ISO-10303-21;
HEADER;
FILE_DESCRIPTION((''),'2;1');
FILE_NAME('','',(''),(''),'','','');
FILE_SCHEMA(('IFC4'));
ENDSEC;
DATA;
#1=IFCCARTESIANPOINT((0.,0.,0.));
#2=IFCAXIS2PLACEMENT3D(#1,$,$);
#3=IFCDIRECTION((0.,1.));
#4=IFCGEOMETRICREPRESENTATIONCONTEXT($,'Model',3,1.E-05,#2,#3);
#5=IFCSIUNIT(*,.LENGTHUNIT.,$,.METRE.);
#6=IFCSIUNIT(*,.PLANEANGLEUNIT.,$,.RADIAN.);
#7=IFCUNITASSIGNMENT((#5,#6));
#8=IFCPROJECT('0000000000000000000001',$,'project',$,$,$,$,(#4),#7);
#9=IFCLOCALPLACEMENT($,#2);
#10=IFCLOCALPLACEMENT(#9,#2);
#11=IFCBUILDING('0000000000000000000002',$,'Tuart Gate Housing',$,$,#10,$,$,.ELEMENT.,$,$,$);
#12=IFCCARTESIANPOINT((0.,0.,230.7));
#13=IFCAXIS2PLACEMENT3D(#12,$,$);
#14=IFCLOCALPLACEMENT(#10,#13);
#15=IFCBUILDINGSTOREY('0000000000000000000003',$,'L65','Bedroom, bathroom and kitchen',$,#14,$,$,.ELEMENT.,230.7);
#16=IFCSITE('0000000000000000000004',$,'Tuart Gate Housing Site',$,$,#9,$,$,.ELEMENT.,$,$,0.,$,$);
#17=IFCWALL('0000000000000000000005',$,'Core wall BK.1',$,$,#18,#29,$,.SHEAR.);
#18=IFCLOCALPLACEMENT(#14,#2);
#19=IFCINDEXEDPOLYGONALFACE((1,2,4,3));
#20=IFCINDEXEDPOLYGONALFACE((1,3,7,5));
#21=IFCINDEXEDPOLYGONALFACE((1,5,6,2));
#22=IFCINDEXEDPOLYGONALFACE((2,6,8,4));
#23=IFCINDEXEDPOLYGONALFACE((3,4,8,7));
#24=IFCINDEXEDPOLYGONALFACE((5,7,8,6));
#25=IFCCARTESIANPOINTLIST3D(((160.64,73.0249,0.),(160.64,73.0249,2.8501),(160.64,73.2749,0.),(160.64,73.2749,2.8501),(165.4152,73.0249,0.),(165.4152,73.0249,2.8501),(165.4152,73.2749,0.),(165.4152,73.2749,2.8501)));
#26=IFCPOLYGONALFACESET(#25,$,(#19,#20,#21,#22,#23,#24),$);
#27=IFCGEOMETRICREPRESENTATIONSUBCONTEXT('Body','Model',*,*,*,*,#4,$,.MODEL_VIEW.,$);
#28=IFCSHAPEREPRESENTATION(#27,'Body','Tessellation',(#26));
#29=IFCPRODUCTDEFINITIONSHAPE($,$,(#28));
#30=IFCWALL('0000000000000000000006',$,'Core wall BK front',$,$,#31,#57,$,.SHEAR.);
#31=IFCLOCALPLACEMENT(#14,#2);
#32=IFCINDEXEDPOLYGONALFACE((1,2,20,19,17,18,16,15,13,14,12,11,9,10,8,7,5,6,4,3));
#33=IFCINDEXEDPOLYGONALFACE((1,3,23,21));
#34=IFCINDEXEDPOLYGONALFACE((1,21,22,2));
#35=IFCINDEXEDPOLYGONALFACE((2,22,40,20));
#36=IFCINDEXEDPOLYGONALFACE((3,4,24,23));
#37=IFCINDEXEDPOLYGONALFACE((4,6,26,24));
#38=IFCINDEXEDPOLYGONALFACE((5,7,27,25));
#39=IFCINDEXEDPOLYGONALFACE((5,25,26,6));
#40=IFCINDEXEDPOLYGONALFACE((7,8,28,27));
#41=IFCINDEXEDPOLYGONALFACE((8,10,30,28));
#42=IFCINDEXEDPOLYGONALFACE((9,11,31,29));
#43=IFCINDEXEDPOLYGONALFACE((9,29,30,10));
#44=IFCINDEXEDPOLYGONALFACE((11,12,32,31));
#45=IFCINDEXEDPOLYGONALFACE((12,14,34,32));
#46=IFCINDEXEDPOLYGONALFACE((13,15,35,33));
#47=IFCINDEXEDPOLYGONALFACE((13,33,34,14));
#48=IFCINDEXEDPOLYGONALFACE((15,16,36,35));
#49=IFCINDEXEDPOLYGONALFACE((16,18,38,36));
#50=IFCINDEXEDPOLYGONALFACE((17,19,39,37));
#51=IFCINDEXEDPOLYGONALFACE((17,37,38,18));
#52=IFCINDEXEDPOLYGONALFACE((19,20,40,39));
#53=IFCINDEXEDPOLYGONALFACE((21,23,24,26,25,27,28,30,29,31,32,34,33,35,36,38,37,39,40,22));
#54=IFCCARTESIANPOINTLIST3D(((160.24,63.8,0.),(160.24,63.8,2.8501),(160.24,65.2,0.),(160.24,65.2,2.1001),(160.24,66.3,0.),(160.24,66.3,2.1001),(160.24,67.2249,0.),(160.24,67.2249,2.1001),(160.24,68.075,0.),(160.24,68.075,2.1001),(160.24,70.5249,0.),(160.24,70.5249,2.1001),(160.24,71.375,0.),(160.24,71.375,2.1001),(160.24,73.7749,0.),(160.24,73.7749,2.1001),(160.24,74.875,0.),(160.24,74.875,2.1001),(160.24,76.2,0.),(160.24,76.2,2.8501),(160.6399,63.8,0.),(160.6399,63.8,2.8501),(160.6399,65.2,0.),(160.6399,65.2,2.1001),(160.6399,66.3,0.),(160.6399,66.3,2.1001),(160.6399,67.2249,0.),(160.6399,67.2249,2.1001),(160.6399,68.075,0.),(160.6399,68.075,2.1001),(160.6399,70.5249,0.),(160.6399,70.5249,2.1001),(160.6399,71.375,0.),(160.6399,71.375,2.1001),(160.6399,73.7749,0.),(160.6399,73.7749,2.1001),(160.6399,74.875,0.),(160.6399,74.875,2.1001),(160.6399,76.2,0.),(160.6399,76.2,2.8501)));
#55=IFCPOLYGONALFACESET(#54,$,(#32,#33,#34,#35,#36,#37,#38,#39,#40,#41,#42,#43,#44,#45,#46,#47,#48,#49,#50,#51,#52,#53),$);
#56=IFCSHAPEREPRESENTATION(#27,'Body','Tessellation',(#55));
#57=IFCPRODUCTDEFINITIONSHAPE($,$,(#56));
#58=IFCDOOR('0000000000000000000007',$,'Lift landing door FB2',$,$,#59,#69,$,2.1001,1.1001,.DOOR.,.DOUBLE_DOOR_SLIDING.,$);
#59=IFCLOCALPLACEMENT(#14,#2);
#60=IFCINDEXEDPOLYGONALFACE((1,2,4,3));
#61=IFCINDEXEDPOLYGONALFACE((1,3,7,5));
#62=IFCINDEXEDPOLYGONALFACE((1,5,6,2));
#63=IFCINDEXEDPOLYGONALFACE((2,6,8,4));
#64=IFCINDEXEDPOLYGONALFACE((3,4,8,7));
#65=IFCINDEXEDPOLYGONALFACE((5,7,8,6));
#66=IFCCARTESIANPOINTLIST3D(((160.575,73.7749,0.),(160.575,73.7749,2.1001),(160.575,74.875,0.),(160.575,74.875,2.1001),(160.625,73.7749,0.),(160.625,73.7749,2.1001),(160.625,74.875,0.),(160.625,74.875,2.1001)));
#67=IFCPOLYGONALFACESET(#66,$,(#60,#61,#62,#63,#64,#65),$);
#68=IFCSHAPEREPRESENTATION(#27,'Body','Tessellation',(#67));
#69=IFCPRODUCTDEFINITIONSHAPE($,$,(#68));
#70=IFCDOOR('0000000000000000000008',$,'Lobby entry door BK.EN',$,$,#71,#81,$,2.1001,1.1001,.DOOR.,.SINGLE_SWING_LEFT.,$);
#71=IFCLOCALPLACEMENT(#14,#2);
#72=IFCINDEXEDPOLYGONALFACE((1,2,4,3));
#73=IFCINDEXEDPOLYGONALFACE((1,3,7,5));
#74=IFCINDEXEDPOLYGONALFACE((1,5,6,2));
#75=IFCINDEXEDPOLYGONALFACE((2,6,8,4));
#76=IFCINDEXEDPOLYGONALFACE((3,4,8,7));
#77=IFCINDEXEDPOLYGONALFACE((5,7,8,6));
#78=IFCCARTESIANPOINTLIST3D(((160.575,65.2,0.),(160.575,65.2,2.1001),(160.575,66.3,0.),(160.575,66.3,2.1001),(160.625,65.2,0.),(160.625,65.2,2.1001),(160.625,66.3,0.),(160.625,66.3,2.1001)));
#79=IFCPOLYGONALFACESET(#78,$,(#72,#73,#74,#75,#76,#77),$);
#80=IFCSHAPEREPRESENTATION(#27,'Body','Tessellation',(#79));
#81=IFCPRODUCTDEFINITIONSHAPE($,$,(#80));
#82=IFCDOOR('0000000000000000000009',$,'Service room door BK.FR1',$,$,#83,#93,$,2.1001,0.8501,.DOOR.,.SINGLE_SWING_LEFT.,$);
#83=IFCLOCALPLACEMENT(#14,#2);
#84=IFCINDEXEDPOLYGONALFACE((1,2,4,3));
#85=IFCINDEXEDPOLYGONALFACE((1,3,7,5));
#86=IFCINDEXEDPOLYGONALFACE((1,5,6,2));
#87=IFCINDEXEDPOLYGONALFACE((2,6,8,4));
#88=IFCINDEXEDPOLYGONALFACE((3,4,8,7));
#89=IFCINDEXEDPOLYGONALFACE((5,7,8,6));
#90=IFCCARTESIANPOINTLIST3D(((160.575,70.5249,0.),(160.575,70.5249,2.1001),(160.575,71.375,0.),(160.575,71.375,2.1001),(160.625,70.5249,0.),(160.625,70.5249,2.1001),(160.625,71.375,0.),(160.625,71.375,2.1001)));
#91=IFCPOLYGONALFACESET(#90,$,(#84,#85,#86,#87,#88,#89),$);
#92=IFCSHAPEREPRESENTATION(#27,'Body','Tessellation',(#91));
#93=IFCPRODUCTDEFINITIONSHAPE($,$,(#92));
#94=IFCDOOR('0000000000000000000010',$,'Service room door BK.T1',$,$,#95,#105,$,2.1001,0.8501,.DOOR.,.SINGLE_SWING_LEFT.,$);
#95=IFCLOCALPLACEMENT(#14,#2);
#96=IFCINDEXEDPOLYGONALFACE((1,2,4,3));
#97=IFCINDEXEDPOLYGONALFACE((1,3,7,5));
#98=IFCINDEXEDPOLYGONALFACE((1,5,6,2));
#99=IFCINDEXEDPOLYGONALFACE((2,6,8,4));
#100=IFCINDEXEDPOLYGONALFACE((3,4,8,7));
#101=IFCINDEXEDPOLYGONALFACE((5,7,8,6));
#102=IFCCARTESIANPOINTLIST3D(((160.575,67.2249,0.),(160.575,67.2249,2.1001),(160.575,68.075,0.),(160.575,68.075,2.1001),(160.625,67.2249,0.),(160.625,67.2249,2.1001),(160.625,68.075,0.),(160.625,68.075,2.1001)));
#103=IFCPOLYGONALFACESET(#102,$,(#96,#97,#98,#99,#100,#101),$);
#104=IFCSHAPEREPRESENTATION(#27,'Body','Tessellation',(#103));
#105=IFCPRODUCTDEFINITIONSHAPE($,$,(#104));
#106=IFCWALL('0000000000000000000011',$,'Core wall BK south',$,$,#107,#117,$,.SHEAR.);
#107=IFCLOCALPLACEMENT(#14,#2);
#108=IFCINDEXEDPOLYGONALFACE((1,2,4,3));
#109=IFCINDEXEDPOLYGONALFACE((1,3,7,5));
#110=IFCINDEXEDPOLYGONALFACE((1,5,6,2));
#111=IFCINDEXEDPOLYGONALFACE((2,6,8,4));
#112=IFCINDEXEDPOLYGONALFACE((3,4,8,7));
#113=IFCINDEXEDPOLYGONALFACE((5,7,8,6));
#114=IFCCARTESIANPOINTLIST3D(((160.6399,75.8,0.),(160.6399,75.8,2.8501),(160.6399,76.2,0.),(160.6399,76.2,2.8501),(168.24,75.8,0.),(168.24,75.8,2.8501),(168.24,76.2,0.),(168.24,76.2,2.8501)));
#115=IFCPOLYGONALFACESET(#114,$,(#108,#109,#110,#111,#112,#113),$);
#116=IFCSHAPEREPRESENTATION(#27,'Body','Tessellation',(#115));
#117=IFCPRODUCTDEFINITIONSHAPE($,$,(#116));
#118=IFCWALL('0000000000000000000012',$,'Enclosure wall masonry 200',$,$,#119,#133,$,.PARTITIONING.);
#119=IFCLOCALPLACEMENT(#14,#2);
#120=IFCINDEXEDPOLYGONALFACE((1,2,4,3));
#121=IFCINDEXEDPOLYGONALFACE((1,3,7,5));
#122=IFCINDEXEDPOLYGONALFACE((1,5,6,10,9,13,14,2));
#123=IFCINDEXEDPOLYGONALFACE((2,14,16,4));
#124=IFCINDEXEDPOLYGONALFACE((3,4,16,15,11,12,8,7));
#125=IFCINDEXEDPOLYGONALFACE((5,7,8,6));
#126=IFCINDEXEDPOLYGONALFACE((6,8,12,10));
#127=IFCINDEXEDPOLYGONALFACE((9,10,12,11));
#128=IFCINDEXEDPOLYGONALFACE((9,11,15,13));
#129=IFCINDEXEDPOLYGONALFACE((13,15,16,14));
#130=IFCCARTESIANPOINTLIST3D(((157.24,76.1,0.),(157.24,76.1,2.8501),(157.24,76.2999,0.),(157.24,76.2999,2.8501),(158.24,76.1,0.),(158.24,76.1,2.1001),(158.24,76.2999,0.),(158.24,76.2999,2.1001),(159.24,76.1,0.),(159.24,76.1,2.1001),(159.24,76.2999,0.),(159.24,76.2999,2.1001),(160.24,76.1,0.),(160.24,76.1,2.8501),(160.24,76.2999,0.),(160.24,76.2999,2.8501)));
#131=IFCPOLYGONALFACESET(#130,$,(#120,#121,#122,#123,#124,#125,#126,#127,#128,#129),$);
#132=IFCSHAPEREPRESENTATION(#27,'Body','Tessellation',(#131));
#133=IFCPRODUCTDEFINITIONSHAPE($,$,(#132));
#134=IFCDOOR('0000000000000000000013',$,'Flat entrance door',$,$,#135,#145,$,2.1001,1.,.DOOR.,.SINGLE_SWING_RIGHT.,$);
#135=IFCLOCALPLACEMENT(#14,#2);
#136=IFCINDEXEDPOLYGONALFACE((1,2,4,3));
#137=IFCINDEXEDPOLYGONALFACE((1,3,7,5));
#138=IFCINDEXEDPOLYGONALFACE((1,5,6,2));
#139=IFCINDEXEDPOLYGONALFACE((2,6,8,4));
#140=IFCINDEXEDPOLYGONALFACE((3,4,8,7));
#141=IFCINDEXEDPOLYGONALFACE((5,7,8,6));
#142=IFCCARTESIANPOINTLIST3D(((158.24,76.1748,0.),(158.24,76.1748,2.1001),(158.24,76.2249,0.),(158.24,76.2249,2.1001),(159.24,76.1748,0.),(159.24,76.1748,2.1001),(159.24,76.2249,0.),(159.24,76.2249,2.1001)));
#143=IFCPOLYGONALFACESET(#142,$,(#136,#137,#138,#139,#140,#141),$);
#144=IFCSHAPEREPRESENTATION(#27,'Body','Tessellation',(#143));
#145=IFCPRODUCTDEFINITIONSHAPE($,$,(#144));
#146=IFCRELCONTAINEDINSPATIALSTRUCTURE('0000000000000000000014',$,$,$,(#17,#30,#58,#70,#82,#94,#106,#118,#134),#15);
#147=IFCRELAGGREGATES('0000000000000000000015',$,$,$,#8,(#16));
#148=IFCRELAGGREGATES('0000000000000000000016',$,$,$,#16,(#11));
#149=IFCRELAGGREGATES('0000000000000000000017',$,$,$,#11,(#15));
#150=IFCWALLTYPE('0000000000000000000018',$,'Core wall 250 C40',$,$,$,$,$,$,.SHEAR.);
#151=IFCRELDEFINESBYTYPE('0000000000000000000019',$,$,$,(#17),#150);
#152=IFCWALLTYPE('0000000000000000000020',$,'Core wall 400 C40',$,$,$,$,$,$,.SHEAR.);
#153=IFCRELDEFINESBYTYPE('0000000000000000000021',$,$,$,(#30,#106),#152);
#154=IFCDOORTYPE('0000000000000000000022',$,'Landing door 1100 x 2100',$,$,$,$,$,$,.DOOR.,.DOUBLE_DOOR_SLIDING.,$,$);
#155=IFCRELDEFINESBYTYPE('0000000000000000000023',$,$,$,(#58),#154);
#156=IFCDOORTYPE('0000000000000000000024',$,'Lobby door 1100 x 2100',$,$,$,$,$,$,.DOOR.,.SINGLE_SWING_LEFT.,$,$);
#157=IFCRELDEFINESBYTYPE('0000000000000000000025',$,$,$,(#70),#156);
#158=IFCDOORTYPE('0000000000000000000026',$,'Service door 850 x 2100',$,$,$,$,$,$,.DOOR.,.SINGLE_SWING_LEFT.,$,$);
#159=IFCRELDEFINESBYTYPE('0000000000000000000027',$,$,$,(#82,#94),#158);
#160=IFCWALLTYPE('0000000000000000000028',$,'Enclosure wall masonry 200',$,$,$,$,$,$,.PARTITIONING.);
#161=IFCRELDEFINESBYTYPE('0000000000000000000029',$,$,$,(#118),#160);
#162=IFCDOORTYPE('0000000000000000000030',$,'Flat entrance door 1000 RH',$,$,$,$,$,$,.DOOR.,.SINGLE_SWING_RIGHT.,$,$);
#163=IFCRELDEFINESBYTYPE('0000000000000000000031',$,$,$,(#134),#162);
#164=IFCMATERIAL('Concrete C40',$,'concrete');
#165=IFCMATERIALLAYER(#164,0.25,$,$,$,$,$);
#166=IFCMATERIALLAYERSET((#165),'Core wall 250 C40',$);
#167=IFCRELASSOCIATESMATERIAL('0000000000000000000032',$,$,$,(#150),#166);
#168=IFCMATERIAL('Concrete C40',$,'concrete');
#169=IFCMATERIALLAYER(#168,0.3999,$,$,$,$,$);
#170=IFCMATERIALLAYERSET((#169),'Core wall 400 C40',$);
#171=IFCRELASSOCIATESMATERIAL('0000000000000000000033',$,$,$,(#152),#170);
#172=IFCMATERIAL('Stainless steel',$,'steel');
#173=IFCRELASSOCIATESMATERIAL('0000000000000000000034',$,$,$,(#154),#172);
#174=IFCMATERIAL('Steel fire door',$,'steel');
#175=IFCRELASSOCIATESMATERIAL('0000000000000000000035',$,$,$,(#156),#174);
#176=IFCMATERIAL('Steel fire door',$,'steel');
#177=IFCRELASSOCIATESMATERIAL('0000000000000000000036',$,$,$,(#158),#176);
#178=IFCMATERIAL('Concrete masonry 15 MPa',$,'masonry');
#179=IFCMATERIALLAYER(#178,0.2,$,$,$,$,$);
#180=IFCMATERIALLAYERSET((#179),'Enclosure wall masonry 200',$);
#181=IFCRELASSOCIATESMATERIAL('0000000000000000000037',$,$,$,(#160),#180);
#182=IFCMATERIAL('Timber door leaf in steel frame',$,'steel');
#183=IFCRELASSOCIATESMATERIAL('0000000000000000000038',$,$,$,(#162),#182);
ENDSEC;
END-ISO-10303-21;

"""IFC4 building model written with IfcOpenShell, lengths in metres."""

from ifc_helpers import new_model, si_unit, direction, frame, frame_2d, origin, place, context, subcontext, project, spatial, rectangle, extrude, material, layer, layer_set, type_object, element, fill, save


model = new_model("IFC4")

# Units and contexts
model_context = context("Model", 3, precision=1e-05, world=origin(), true_north=direction((0.0, 1.0)))
body_context = subcontext(model_context, "Body", "Model", "MODEL_VIEW")
ifc_project = project(units=[si_unit("LENGTHUNIT", "METRE"), si_unit("PLANEANGLEUNIT", "RADIAN")], contexts=[model_context])

# Site, building, storey
site_placement = place(None, origin())
site = spatial("IfcSite", under=ifc_project, at=site_placement, Name="Tuart Gate Housing Site", CompositionType="ELEMENT", RefElevation=0.0)
building_placement = place(site_placement, origin())
building = spatial("IfcBuilding", under=site, at=building_placement, Name="Tuart Gate Housing", CompositionType="ELEMENT")
storey_placement = place(building_placement, frame((0.0, 0.0, 230.7)))
storey = spatial("IfcBuildingStorey", under=building, at=storey_placement, Name="L65", Description="Bedroom, bathroom and kitchen", CompositionType="ELEMENT", Elevation=230.7)

# Wall
ifc_material_1 = material(Name="Concrete C40", Category="concrete")
ifc_layer_1 = layer(ifc_material_1, 0.25)
ifc_layer_set_1 = layer_set([ifc_layer_1], Name="Core wall 250 C40")
wall_type_1 = type_object("IfcWallType", Name="Core wall 250 C40", PredefinedType="SHEAR", material=ifc_layer_set_1)
wall_1_placement = place(storey_placement, frame((160.6399, 73.1499, 0.0), z_axis=(0.0, 0.0, 1.0), x_axis=(1.0, 0.0, 0.0)))
element("IfcWall", 1, at=wall_1_placement, inside=storey, type_object=wall_type_1, Name="Core wall BK.1", PredefinedType="SHEAR", context=body_context, shape_type="SweptSolid", body=[
    extrude(rectangle(XDim=4.7751, YDim=0.25, at=frame_2d((2.3877, 0.0))), origin(), (0.0, 0.0, 1.0), 2.8501),
])

# Wall, openings, doors
ifc_material_2 = material(Name="Concrete C40", Category="concrete")
ifc_layer_2 = layer(ifc_material_2, 0.3999)
ifc_layer_set_2 = layer_set([ifc_layer_2], Name="Core wall 400 C40")
wall_type_2 = type_object("IfcWallType", Name="Core wall 400 C40", PredefinedType="SHEAR", material=ifc_layer_set_2)
wall_2_placement = place(storey_placement, frame((160.4399, 76.2, 0.0), z_axis=(0.0, 0.0, 1.0), x_axis=(0.0, -1.0, 0.0)))
wall_2 = element("IfcWall", 2, at=wall_2_placement, inside=storey, type_object=wall_type_2, Name="Core wall BK front", PredefinedType="SHEAR", context=body_context, shape_type="SweptSolid", body=[
    extrude(rectangle(XDim=12.3999, YDim=0.3999, at=frame_2d((6.2, 0.0))), origin(), (0.0, 0.0, 1.0), 2.8501),
])
opening_1_placement = place(wall_2_placement, frame((1.325, 0.0, 0.0)))
opening_1 = element("IfcOpeningElement", 3, at=opening_1_placement, cuts=wall_2, PredefinedType="OPENING", context=body_context, shape_type="SweptSolid", body=[
    extrude(rectangle(XDim=1.1001, YDim=2.1001, at=frame_2d((0.55, 1.05))), frame((0.0, 0.21, 0.0), z_axis=(0.0, -1.0, 0.0), x_axis=(1.0, 0.0, 0.0)), (0.0, 0.0, 1.0), 0.4199),
])
opening_2_placement = place(wall_2_placement, frame((4.825, 0.0, 0.0)))
opening_2 = element("IfcOpeningElement", 4, at=opening_2_placement, cuts=wall_2, PredefinedType="OPENING", context=body_context, shape_type="SweptSolid", body=[
    extrude(rectangle(XDim=0.8501, YDim=2.1001, at=frame_2d((0.425, 1.05))), frame((0.0, 0.21, 0.0), z_axis=(0.0, -1.0, 0.0), x_axis=(1.0, 0.0, 0.0)), (0.0, 0.0, 1.0), 0.4199),
])
opening_3_placement = place(wall_2_placement, frame((9.8999, 0.0, 0.0)))
opening_3 = element("IfcOpeningElement", 5, at=opening_3_placement, cuts=wall_2, PredefinedType="OPENING", context=body_context, shape_type="SweptSolid", body=[
    extrude(rectangle(XDim=1.1001, YDim=2.1001, at=frame_2d((0.55, 1.05))), frame((0.0, 0.21, 0.0), z_axis=(0.0, -1.0, 0.0), x_axis=(1.0, 0.0, 0.0)), (0.0, 0.0, 1.0), 0.4199),
])
opening_4_placement = place(wall_2_placement, frame((8.125, 0.0, 0.0)))
opening_4 = element("IfcOpeningElement", 6, at=opening_4_placement, cuts=wall_2, PredefinedType="OPENING", context=body_context, shape_type="SweptSolid", body=[
    extrude(rectangle(XDim=0.8501, YDim=2.1001, at=frame_2d((0.425, 1.05))), frame((0.0, 0.21, 0.0), z_axis=(0.0, -1.0, 0.0), x_axis=(1.0, 0.0, 0.0)), (0.0, 0.0, 1.0), 0.4199),
])
ifc_material_3 = material(Name="Stainless steel", Category="steel")
door_type_1 = type_object("IfcDoorType", Name="Landing door 1100 x 2100", OperationType="DOUBLE_DOOR_SLIDING", PredefinedType="DOOR", material=ifc_material_3)
door_1_placement = place(opening_1_placement, origin())
door_1 = element("IfcDoor", 7, at=door_1_placement, inside=storey, type_object=door_type_1, Name="Lift landing door FB2", OperationType="DOUBLE_DOOR_SLIDING", OverallHeight=2.1001, OverallWidth=1.1001, PredefinedType="DOOR", context=body_context, shape_type="SweptSolid", body=[
    extrude(rectangle(XDim=1.1001, YDim=2.1001, at=frame_2d((0.55, 1.05))), frame((0.0, 0.1851, 0.0), z_axis=(0.0, -1.0, 0.0), x_axis=(1.0, 0.0, 0.0)), (0.0, 0.0, 1.0), 0.05),
])
fill(opening_1, door_1)
ifc_material_4 = material(Name="Steel fire door", Category="steel")
door_type_2 = type_object("IfcDoorType", Name="Lobby door 1100 x 2100", OperationType="SINGLE_SWING_LEFT", PredefinedType="DOOR", material=ifc_material_4)
door_2_placement = place(opening_3_placement, origin())
door_2 = element("IfcDoor", 8, at=door_2_placement, inside=storey, type_object=door_type_2, Name="Lobby entry door BK.EN", OperationType="SINGLE_SWING_LEFT", OverallHeight=2.1001, OverallWidth=1.1001, PredefinedType="DOOR", context=body_context, shape_type="SweptSolid", body=[
    extrude(rectangle(XDim=1.1001, YDim=2.1001, at=frame_2d((0.55, 1.05))), frame((0.0, 0.1851, 0.0), z_axis=(0.0, -1.0, 0.0), x_axis=(1.0, 0.0, 0.0)), (0.0, 0.0, 1.0), 0.05),
])
fill(opening_3, door_2)
ifc_material_5 = material(Name="Steel fire door", Category="steel")
door_type_3 = type_object("IfcDoorType", Name="Service door 850 x 2100", OperationType="SINGLE_SWING_LEFT", PredefinedType="DOOR", material=ifc_material_5)
door_3_placement = place(opening_2_placement, origin())
door_3 = element("IfcDoor", 9, at=door_3_placement, inside=storey, type_object=door_type_3, Name="Service room door BK.FR1", OperationType="SINGLE_SWING_LEFT", OverallHeight=2.1001, OverallWidth=0.8501, PredefinedType="DOOR", context=body_context, shape_type="SweptSolid", body=[
    extrude(rectangle(XDim=0.8501, YDim=2.1001, at=frame_2d((0.425, 1.05))), frame((0.0, 0.1851, 0.0), z_axis=(0.0, -1.0, 0.0), x_axis=(1.0, 0.0, 0.0)), (0.0, 0.0, 1.0), 0.05),
])
fill(opening_2, door_3)
door_4_placement = place(opening_4_placement, origin())
door_4 = element("IfcDoor", 10, at=door_4_placement, inside=storey, type_object=door_type_3, Name="Service room door BK.T1", OperationType="SINGLE_SWING_LEFT", OverallHeight=2.1001, OverallWidth=0.8501, PredefinedType="DOOR", context=body_context, shape_type="SweptSolid", body=[
    extrude(rectangle(XDim=0.8501, YDim=2.1001, at=frame_2d((0.425, 1.05))), frame((0.0, 0.1851, 0.0), z_axis=(0.0, -1.0, 0.0), x_axis=(1.0, 0.0, 0.0)), (0.0, 0.0, 1.0), 0.05),
])
fill(opening_4, door_4)

# Wall
wall_3_placement = place(storey_placement, frame((160.6399, 76.0, 0.0), z_axis=(0.0, 0.0, 1.0), x_axis=(1.0, 0.0, 0.0)))
element("IfcWall", 11, at=wall_3_placement, inside=storey, type_object=wall_type_2, Name="Core wall BK south", PredefinedType="SHEAR", context=body_context, shape_type="SweptSolid", body=[
    extrude(rectangle(XDim=7.6001, YDim=0.3999, at=frame_2d((3.8, 0.0))), origin(), (0.0, 0.0, 1.0), 2.8501),
])

# Wall, opening, door
ifc_material_6 = material(Name="Concrete masonry 15 MPa", Category="masonry")
ifc_layer_3 = layer(ifc_material_6, 0.2)
ifc_layer_set_3 = layer_set([ifc_layer_3], Name="Enclosure wall masonry 200")
wall_type_3 = type_object("IfcWallType", Name="Enclosure wall masonry 200", PredefinedType="PARTITIONING", material=ifc_layer_set_3)
wall_4_placement = place(storey_placement, frame((157.24, 76.2, 0.0), z_axis=(0.0, 0.0, 1.0), x_axis=(1.0, 0.0, 0.0)))
wall_4 = element("IfcWall", 12, at=wall_4_placement, inside=storey, type_object=wall_type_3, Name="Enclosure wall masonry 200", PredefinedType="PARTITIONING", context=body_context, shape_type="SweptSolid", body=[
    extrude(rectangle(XDim=3.0, YDim=0.2, at=frame_2d((1.5, 0.0))), origin(), (0.0, 0.0, 1.0), 2.8501),
])
opening_5_placement = place(wall_4_placement, frame((1.0, 0.0, 0.0)))
opening_5 = element("IfcOpeningElement", 13, at=opening_5_placement, cuts=wall_4, PredefinedType="OPENING", context=body_context, shape_type="SweptSolid", body=[
    extrude(rectangle(XDim=1.0, YDim=2.1001, at=frame_2d((0.5, 1.05))), frame((0.0, 0.1099, 0.0), z_axis=(0.0, -1.0, 0.0), x_axis=(1.0, 0.0, 0.0)), (0.0, 0.0, 1.0), 0.22),
])
ifc_material_7 = material(Name="Timber door leaf in steel frame", Category="steel")
door_type_4 = type_object("IfcDoorType", Name="Flat entrance door 1000 RH", OperationType="SINGLE_SWING_RIGHT", PredefinedType="DOOR", material=ifc_material_7)
door_5_placement = place(opening_5_placement, origin())
door_5 = element("IfcDoor", 14, at=door_5_placement, inside=storey, type_object=door_type_4, Name="Flat entrance door", OperationType="SINGLE_SWING_RIGHT", OverallHeight=2.1001, OverallWidth=1.0, PredefinedType="DOOR", context=body_context, shape_type="SweptSolid", body=[
    extrude(rectangle(XDim=1.0, YDim=2.1001, at=frame_2d((0.5, 1.05))), frame((0.0, 0.0249, 0.0), z_axis=(0.0, -1.0, 0.0), x_axis=(1.0, 0.0, 0.0)), (0.0, 0.0, 1.0), 0.05),
])
fill(opening_5, door_5)

save(model, "model.ifc")
